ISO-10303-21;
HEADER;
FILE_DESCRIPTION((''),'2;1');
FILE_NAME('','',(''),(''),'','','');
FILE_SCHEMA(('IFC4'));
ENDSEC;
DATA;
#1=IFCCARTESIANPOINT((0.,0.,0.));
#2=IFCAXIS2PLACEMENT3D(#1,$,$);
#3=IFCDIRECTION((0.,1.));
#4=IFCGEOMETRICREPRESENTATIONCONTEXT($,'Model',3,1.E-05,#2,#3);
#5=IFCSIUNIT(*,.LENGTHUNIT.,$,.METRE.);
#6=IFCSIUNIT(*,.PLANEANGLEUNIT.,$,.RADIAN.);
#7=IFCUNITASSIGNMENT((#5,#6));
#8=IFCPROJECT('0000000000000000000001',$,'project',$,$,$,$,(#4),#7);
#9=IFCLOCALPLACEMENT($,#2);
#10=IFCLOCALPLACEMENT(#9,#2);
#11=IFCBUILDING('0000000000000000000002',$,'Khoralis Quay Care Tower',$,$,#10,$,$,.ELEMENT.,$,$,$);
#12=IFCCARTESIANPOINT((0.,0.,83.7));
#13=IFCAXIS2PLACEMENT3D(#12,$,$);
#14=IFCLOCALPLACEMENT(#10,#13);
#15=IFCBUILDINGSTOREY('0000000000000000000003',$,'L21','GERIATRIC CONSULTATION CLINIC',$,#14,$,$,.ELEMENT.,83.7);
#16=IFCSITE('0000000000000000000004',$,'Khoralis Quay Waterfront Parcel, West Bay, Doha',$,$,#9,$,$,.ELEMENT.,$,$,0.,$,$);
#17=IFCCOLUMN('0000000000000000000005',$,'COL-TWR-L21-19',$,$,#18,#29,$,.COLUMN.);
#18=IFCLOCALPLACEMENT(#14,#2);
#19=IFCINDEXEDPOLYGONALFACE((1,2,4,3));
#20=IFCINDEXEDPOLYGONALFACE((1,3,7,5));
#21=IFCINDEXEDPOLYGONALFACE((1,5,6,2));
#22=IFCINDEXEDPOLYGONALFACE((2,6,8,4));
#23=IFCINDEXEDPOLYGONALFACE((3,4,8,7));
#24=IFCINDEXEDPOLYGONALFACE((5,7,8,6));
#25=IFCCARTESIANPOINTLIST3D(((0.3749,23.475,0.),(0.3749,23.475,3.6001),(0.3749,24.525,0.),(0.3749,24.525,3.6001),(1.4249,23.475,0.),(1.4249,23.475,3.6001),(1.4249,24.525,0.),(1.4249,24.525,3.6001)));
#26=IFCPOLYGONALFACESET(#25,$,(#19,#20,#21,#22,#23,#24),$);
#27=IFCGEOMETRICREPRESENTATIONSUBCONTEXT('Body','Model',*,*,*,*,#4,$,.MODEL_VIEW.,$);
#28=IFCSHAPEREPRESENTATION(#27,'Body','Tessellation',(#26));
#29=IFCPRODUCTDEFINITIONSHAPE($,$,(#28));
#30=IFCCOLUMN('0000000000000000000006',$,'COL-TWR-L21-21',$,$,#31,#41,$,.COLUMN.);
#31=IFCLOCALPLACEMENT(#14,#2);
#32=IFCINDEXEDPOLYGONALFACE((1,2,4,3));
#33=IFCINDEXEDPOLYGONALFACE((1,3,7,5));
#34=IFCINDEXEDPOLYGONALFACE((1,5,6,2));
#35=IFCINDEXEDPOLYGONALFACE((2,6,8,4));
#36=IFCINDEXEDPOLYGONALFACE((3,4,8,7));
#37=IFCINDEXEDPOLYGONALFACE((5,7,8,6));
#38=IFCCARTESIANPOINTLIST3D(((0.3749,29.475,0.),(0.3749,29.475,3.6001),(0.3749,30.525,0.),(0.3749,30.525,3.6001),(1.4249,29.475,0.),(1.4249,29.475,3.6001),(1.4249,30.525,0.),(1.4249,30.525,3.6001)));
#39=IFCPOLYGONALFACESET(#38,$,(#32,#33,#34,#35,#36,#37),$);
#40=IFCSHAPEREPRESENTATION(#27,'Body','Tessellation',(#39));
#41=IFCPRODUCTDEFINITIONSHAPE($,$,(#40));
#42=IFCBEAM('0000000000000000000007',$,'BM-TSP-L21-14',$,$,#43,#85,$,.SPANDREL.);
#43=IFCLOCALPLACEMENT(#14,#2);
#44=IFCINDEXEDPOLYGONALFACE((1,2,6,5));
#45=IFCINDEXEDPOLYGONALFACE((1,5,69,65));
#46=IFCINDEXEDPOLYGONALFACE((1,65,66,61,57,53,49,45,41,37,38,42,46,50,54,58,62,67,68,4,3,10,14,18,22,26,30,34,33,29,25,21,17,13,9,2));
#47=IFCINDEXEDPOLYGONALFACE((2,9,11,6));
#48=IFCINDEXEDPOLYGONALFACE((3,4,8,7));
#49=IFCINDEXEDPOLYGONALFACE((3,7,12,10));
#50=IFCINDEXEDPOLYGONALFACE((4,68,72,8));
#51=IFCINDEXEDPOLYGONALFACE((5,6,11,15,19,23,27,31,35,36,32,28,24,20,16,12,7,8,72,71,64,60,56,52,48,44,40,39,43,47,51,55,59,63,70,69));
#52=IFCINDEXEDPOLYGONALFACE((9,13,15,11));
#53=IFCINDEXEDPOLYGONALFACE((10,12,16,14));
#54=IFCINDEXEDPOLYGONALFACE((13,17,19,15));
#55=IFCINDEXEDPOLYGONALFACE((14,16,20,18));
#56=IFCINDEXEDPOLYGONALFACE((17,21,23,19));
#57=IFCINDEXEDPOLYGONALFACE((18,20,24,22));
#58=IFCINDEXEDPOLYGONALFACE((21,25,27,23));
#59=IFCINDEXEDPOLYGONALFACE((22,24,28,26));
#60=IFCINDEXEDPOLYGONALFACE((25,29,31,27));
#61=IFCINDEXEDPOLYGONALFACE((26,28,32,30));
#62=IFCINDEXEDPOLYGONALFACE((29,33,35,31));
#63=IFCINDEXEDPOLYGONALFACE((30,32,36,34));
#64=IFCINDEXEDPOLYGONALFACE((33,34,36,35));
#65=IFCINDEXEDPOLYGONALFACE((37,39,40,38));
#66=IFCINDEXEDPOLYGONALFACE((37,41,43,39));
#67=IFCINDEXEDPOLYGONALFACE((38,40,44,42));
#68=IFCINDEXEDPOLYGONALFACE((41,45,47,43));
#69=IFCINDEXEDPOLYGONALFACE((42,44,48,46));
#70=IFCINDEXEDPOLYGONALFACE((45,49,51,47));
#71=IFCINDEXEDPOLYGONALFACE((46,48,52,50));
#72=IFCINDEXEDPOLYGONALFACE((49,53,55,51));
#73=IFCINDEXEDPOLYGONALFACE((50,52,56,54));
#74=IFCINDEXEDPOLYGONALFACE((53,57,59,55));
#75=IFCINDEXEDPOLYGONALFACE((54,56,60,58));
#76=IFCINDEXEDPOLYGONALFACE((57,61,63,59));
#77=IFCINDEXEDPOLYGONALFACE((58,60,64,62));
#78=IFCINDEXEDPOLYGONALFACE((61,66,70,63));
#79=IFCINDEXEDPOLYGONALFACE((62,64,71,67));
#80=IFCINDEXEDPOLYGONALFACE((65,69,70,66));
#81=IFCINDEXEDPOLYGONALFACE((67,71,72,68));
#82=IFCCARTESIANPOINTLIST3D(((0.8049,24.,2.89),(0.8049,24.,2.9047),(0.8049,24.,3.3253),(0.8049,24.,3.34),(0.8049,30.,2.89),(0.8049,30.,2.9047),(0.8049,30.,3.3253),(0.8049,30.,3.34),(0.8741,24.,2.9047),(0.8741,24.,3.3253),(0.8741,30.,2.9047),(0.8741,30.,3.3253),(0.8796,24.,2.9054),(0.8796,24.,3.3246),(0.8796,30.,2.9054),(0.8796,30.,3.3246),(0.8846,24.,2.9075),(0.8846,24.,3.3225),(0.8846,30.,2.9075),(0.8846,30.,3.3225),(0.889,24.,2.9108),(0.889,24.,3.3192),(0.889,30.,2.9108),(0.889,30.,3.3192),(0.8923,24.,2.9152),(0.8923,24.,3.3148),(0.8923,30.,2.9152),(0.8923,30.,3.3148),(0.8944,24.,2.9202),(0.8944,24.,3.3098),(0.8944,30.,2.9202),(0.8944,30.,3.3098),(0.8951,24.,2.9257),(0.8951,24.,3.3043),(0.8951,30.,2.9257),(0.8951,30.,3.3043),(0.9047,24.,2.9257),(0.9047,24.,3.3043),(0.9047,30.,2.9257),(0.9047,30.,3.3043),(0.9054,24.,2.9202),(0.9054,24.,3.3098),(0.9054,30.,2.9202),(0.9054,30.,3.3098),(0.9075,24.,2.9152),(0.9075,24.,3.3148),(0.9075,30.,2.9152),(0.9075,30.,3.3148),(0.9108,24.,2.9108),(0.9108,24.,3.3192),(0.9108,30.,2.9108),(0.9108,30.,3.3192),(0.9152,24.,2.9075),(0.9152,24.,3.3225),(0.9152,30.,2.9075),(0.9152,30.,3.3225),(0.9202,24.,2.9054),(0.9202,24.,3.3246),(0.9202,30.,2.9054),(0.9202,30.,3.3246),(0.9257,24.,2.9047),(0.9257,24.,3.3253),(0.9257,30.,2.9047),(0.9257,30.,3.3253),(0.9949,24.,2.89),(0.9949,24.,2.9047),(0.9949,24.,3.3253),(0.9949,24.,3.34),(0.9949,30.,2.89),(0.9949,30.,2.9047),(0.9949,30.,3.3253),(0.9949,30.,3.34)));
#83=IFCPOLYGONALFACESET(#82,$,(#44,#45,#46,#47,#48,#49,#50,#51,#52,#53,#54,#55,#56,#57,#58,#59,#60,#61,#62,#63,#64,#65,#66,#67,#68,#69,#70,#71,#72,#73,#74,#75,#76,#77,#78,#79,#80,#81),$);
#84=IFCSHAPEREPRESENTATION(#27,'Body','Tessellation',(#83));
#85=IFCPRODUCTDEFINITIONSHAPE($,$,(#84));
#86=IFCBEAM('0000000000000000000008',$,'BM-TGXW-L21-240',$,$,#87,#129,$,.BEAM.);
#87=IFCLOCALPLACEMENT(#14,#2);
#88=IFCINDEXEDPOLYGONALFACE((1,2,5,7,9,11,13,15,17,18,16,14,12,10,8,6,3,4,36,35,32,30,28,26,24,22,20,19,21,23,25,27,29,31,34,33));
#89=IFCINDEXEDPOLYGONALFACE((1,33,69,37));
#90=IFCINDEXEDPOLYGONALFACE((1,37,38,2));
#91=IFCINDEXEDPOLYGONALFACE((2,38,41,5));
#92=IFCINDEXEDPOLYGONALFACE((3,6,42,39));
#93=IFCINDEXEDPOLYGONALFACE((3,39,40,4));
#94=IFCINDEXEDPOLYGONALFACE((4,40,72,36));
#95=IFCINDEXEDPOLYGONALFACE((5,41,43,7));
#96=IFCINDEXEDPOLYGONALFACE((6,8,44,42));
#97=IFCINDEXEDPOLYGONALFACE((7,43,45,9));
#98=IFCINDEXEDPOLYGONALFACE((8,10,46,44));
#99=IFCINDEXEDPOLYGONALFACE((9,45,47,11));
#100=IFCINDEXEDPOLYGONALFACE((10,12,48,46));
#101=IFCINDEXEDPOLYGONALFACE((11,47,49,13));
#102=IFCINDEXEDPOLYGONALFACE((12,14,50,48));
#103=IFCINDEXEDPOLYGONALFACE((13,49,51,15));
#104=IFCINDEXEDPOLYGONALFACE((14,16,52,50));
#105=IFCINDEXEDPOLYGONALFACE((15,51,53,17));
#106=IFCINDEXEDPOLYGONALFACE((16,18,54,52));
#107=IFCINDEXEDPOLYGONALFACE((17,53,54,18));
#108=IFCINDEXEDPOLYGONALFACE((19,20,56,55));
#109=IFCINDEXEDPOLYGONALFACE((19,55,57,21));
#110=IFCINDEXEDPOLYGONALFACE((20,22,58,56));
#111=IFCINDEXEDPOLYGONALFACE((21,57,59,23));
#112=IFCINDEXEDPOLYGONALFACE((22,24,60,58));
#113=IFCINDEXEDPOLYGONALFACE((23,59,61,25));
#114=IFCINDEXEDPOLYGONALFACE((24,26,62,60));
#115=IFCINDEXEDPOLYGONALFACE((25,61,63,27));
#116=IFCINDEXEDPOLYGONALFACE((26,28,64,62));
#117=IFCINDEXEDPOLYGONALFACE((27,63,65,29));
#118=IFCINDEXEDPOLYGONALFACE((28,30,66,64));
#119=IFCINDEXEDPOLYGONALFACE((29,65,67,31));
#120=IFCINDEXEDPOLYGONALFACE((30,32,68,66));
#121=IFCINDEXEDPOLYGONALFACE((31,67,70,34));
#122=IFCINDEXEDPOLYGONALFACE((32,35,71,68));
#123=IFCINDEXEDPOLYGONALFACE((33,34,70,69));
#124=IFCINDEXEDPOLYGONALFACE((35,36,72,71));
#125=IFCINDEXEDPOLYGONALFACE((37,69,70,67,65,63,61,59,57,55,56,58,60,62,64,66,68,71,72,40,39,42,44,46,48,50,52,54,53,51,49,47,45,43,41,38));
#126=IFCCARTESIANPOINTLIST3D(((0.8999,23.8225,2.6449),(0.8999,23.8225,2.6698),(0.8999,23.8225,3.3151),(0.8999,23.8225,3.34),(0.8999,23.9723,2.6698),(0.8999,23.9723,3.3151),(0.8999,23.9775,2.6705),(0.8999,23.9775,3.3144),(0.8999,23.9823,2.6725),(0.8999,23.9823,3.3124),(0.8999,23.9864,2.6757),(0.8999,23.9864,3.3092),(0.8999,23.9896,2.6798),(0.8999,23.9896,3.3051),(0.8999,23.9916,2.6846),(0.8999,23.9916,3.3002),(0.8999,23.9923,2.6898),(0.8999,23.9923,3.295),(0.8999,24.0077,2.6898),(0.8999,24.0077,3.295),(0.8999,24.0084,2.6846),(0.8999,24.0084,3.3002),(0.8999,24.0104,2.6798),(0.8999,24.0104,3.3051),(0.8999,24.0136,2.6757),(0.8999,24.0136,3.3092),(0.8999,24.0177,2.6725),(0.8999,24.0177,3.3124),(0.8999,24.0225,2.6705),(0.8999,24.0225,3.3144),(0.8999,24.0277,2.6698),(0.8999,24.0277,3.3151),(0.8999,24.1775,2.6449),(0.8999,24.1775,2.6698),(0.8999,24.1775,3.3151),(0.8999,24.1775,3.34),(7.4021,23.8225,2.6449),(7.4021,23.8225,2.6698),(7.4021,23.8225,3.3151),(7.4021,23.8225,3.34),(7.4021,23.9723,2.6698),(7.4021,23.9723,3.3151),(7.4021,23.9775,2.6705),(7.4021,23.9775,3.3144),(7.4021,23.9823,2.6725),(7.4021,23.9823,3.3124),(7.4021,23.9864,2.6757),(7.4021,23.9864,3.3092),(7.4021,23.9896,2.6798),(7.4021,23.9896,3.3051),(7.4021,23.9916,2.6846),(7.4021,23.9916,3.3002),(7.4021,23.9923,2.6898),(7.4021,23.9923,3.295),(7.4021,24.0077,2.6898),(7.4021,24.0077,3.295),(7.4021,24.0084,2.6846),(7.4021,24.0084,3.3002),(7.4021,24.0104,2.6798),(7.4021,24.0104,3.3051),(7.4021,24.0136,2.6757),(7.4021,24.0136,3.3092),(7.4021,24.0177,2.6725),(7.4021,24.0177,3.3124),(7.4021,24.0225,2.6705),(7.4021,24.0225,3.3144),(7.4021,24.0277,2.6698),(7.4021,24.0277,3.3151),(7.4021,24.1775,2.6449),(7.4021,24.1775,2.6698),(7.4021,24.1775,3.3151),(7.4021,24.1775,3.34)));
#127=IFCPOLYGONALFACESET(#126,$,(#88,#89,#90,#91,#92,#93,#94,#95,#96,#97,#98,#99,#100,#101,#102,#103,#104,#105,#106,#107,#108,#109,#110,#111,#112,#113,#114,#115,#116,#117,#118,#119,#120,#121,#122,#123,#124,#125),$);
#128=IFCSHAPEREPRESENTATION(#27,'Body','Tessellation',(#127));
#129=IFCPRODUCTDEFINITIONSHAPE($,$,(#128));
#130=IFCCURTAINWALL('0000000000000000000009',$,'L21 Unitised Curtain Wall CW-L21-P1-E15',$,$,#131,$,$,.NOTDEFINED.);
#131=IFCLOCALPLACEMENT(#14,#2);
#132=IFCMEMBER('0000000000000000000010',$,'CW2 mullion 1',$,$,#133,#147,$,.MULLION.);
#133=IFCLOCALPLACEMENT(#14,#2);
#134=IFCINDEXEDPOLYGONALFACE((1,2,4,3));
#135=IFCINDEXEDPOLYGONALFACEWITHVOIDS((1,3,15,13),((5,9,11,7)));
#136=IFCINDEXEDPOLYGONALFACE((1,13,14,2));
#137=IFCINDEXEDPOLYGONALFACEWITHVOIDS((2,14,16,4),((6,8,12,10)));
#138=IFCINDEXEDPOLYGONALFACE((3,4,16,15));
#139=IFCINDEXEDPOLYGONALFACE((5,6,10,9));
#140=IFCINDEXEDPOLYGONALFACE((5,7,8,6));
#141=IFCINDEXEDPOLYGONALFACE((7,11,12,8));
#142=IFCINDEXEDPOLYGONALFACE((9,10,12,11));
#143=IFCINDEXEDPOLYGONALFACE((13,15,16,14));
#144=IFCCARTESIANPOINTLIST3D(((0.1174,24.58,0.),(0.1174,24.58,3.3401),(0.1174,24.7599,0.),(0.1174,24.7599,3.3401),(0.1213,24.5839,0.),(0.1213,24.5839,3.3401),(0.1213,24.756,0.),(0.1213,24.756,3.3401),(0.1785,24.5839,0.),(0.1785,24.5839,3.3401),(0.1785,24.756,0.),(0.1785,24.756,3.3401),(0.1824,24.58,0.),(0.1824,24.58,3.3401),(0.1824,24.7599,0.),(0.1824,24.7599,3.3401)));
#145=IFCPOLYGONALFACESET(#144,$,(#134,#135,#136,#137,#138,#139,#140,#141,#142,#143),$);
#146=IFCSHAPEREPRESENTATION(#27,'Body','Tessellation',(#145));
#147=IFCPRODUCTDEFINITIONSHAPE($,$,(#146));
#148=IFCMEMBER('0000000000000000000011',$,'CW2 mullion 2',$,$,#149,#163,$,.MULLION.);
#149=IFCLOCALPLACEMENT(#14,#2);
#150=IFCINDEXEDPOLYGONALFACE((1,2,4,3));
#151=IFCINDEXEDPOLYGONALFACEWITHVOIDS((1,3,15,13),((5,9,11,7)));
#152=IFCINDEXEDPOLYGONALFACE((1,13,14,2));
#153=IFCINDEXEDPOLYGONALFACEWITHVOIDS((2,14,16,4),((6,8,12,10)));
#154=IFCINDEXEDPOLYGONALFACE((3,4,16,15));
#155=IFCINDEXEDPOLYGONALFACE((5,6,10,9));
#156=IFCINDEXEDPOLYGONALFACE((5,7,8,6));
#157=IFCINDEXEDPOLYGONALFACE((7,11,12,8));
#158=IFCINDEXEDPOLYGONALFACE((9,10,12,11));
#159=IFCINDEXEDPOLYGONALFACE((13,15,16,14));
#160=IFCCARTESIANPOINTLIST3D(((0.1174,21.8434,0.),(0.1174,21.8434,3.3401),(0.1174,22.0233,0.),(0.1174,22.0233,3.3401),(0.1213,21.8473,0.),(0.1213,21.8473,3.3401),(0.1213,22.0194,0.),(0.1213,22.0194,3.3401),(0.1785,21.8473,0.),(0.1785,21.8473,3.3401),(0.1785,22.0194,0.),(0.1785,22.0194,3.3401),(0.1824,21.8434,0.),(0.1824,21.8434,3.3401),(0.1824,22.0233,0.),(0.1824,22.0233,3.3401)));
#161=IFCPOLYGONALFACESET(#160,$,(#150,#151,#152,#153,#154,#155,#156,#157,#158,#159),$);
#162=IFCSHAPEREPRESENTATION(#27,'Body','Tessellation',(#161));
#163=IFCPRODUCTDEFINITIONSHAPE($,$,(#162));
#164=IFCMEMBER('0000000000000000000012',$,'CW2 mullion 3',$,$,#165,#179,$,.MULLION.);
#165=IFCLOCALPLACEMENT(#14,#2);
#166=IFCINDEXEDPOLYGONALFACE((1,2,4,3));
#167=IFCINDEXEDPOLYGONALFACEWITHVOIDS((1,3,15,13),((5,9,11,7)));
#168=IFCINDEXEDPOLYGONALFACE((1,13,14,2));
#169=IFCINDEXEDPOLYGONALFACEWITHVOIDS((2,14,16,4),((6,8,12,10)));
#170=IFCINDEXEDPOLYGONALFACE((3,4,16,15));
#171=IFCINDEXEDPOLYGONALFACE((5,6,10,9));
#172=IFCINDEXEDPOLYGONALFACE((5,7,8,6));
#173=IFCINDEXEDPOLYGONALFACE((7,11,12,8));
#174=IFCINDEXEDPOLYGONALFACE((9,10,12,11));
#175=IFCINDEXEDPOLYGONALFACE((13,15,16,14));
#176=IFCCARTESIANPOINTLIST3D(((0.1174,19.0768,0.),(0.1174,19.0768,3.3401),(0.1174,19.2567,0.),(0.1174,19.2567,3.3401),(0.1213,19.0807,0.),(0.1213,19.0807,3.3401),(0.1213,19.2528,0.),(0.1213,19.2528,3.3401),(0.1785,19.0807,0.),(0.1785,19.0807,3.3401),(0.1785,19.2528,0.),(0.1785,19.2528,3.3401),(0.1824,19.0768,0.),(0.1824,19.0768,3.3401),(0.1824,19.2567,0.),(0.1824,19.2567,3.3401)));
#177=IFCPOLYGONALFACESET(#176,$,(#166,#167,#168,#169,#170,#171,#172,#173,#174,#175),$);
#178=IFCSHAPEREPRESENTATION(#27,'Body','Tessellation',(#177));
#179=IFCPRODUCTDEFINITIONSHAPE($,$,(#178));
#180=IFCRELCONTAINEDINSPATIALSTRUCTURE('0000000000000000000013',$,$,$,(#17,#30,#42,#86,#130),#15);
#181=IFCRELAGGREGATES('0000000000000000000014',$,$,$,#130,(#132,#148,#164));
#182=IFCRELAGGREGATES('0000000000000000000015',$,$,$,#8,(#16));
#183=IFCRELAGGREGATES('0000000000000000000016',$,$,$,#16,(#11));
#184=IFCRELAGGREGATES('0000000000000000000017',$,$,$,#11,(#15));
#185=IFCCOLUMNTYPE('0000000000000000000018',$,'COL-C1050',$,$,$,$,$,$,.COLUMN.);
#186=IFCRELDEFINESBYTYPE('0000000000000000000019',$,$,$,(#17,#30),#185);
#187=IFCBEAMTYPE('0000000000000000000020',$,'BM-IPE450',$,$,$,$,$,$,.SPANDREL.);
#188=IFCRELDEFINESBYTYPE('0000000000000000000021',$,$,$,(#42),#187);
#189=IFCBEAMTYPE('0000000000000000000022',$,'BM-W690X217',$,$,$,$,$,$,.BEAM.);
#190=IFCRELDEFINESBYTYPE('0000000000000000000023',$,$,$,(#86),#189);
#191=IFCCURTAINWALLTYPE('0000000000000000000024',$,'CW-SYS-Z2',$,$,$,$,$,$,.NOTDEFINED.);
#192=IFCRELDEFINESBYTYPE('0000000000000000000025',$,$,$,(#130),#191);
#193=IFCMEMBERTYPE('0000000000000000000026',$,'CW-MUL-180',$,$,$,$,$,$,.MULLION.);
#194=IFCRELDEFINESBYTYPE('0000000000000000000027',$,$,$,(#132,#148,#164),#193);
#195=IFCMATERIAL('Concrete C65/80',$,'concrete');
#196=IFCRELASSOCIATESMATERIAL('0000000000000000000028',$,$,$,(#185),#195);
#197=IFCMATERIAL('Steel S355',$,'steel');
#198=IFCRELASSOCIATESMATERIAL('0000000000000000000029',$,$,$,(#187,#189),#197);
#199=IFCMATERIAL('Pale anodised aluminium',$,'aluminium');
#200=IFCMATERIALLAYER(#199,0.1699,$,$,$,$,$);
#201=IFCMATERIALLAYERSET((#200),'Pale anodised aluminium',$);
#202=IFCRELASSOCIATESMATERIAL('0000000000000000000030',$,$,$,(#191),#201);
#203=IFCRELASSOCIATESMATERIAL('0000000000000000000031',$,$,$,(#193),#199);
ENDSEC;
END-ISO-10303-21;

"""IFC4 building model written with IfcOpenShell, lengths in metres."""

from ifc_helpers import new_model, si_unit, direction, frame, origin, origin_2d, place, context, subcontext, project, spatial, rectangle, hollow_rectangle, i_section, extrude, source, transform, mapped, material, layer, layer_set, material_profile, profile_set, type_object, element, aggregate, save


model = new_model("IFC4")

# Units and contexts
model_context = context("Model", 3, precision=1e-05, world=origin(), true_north=direction((0.0, 1.0)))
body_context = subcontext(model_context, "Body", "Model", "MODEL_VIEW")
ifc_project = project(units=[si_unit("LENGTHUNIT", "METRE"), si_unit("PLANEANGLEUNIT", "RADIAN")], contexts=[model_context])

# Site, building, storey
site_placement = place(None, origin())
site = spatial("IfcSite", under=ifc_project, at=site_placement, Name="Khoralis Quay Waterfront Parcel, West Bay, Doha", CompositionType="ELEMENT", RefElevation=0.0)
building_placement = place(site_placement, origin())
building = spatial("IfcBuilding", under=site, at=building_placement, Name="Khoralis Quay Care Tower", CompositionType="ELEMENT")
storey_placement = place(building_placement, frame((0.0, 0.0, 83.7)))
storey = spatial("IfcBuildingStorey", under=building, at=storey_placement, Name="L21", Description="GERIATRIC CONSULTATION CLINIC", CompositionType="ELEMENT", Elevation=83.7)

# Columns
ifc_material_1 = material(Name="Concrete C65/80", Category="concrete")
ifc_material_profile_1 = material_profile(ifc_material_1, rectangle(XDim=1.05, YDim=1.05, at=origin_2d()), Name="Concrete C65/80")
ifc_profile_set_1 = profile_set([ifc_material_profile_1], Name="Concrete C65/80")
column_type = type_object("IfcColumnType", Name="COL-C1050", PredefinedType="COLUMN", material=ifc_profile_set_1)
shared_shape_1 = source(origin(), body_context, "Body", "SweptSolid", [
    extrude(rectangle(XDim=1.05, YDim=1.05, at=origin_2d()), origin(), (0.0, 0.0, 1.0), 3.6001),
])
for number, where, z_axis, x_axis, name in (
    (1, (0.8999, 24.0, 0.0), (0.0, 0.0, 1.0), (1.0, 0.0, 0.0), "COL-TWR-L21-19"),
    (2, (0.8999, 30.0, 0.0), (0.0, 0.0, 1.0), (1.0, 0.0, 0.0), "COL-TWR-L21-21"),
):
    element("IfcColumn", number, at=place(storey_placement, frame(where, z_axis=z_axis, x_axis=x_axis)), inside=storey, type_object=column_type, Name=name, PredefinedType="COLUMN", context=body_context, shape_type="MappedRepresentation", body=[
        mapped(shared_shape_1, transform((0.0, 0.0, 0.0), scale=1.0)),
    ])

# Beams
ifc_material_2 = material(Name="Steel S355", Category="steel")
ifc_material_profile_2 = material_profile(ifc_material_2, i_section(OverallWidth=0.1899, OverallDepth=0.45, WebThickness=0.0095, FlangeThickness=0.0146, FilletRadius=0.021, at=origin_2d()), Name="Steel S355")
ifc_profile_set_2 = profile_set([ifc_material_profile_2], Name="Steel S355")
beam_type_1 = type_object("IfcBeamType", Name="BM-IPE450", PredefinedType="SPANDREL", material=ifc_profile_set_2)
shared_shape_2 = source(origin(), body_context, "Body", "SweptSolid", [
    extrude(i_section(OverallWidth=0.1899, OverallDepth=0.45, WebThickness=0.0095, FlangeThickness=0.0146, FilletRadius=0.021, at=origin_2d()), origin(), (0.0, 0.0, 1.0), 6.0),
])
beam_1_placement = place(storey_placement, frame((0.8999, 24.0, 3.115), z_axis=(0.0, 1.0, 0.0), x_axis=(-1.0, 0.0, 0.0)))
element("IfcBeam", 3, at=beam_1_placement, inside=storey, type_object=beam_type_1, Name="BM-TSP-L21-14", PredefinedType="SPANDREL", context=body_context, shape_type="MappedRepresentation", body=[
    mapped(shared_shape_2, transform((0.0, 0.0, 0.0), scale=1.0)),
])
ifc_material_profile_3 = material_profile(ifc_material_2, i_section(OverallWidth=0.355, OverallDepth=0.6951, WebThickness=0.0154, FlangeThickness=0.0249, FilletRadius=0.02, at=origin_2d()), Name="Steel S355")
ifc_profile_set_3 = profile_set([ifc_material_profile_3], Name="Steel S355")
beam_type_2 = type_object("IfcBeamType", Name="BM-W690X217", PredefinedType="BEAM", material=ifc_profile_set_3)
shared_shape_3 = source(origin(), body_context, "Body", "SweptSolid", [
    extrude(i_section(OverallWidth=0.355, OverallDepth=0.6951, WebThickness=0.0154, FlangeThickness=0.0249, FilletRadius=0.02, at=origin_2d()), origin(), (0.0, 0.0, 1.0), 6.5022),
])
beam_2_placement = place(storey_placement, frame((0.8999, 24.0, 2.9924), z_axis=(1.0, 0.0, 0.0), x_axis=(0.0, 1.0, 0.0)))
element("IfcBeam", 4, at=beam_2_placement, inside=storey, type_object=beam_type_2, Name="BM-TGXW-L21-240", PredefinedType="BEAM", context=body_context, shape_type="MappedRepresentation", body=[
    mapped(shared_shape_3, transform((0.0, 0.0, 0.0), scale=1.0)),
])

# Curtain wall, members
ifc_material_3 = material(Name="Pale anodised aluminium", Category="aluminium")
ifc_layer_1 = layer(ifc_material_3, 0.1699)
ifc_layer_set_1 = layer_set([ifc_layer_1], Name="Pale anodised aluminium")
curtain_wall_type = type_object("IfcCurtainWallType", Name="CW-SYS-Z2", PredefinedType="NOTDEFINED", material=ifc_layer_set_1)
curtain_wall_placement = place(storey_placement, origin())
curtain_wall = element("IfcCurtainWall", 5, at=curtain_wall_placement, inside=storey, type_object=curtain_wall_type, Name="L21 Unitised Curtain Wall CW-L21-P1-E15", PredefinedType="NOTDEFINED")
ifc_material_profile_4 = material_profile(ifc_material_3, hollow_rectangle(XDim=0.0649, YDim=0.1799, WallThickness=0.0039, at=origin_2d()), Name="Pale anodised aluminium")
ifc_profile_set_4 = profile_set([ifc_material_profile_4], Name="Pale anodised aluminium")
member_type_1 = type_object("IfcMemberType", Name="CW-MUL-180", PredefinedType="MULLION", material=ifc_profile_set_4)
shared_shape_4 = source(origin(), body_context, "Body", "SweptSolid", [
    extrude(hollow_rectangle(XDim=0.0649, YDim=0.1799, WallThickness=0.0039, at=origin_2d()), origin(), (0.0, 0.0, 1.0), 3.3401),
])
member_1_placement = place(storey_placement, frame((0.1499, 24.6699, 0.0), z_axis=(0.0, 0.0, 1.0), x_axis=(1.0, 0.0, 0.0)))
member_1 = element("IfcMember", 6, at=member_1_placement, type_object=member_type_1, Name="CW2 mullion 1", PredefinedType="MULLION", context=body_context, shape_type="MappedRepresentation", body=[
    mapped(shared_shape_4, transform((0.0, 0.0, 0.0), scale=1.0)),
])
member_2_placement = place(storey_placement, frame((0.1499, 21.9333, 0.0), z_axis=(0.0, 0.0, 1.0), x_axis=(1.0, 0.0, 0.0)))
member_2 = element("IfcMember", 7, at=member_2_placement, type_object=member_type_1, Name="CW2 mullion 2", PredefinedType="MULLION", context=body_context, shape_type="MappedRepresentation", body=[
    mapped(shared_shape_4, transform((0.0, 0.0, 0.0), scale=1.0)),
])
member_3_placement = place(storey_placement, frame((0.1499, 19.1667, 0.0), z_axis=(0.0, 0.0, 1.0), x_axis=(1.0, 0.0, 0.0)))
member_3 = element("IfcMember", 8, at=member_3_placement, type_object=member_type_1, Name="CW2 mullion 3", PredefinedType="MULLION", context=body_context, shape_type="MappedRepresentation", body=[
    mapped(shared_shape_4, transform((0.0, 0.0, 0.0), scale=1.0)),
])
aggregate(curtain_wall, [member_1, member_2, member_3])

save(model, "model.ifc")
